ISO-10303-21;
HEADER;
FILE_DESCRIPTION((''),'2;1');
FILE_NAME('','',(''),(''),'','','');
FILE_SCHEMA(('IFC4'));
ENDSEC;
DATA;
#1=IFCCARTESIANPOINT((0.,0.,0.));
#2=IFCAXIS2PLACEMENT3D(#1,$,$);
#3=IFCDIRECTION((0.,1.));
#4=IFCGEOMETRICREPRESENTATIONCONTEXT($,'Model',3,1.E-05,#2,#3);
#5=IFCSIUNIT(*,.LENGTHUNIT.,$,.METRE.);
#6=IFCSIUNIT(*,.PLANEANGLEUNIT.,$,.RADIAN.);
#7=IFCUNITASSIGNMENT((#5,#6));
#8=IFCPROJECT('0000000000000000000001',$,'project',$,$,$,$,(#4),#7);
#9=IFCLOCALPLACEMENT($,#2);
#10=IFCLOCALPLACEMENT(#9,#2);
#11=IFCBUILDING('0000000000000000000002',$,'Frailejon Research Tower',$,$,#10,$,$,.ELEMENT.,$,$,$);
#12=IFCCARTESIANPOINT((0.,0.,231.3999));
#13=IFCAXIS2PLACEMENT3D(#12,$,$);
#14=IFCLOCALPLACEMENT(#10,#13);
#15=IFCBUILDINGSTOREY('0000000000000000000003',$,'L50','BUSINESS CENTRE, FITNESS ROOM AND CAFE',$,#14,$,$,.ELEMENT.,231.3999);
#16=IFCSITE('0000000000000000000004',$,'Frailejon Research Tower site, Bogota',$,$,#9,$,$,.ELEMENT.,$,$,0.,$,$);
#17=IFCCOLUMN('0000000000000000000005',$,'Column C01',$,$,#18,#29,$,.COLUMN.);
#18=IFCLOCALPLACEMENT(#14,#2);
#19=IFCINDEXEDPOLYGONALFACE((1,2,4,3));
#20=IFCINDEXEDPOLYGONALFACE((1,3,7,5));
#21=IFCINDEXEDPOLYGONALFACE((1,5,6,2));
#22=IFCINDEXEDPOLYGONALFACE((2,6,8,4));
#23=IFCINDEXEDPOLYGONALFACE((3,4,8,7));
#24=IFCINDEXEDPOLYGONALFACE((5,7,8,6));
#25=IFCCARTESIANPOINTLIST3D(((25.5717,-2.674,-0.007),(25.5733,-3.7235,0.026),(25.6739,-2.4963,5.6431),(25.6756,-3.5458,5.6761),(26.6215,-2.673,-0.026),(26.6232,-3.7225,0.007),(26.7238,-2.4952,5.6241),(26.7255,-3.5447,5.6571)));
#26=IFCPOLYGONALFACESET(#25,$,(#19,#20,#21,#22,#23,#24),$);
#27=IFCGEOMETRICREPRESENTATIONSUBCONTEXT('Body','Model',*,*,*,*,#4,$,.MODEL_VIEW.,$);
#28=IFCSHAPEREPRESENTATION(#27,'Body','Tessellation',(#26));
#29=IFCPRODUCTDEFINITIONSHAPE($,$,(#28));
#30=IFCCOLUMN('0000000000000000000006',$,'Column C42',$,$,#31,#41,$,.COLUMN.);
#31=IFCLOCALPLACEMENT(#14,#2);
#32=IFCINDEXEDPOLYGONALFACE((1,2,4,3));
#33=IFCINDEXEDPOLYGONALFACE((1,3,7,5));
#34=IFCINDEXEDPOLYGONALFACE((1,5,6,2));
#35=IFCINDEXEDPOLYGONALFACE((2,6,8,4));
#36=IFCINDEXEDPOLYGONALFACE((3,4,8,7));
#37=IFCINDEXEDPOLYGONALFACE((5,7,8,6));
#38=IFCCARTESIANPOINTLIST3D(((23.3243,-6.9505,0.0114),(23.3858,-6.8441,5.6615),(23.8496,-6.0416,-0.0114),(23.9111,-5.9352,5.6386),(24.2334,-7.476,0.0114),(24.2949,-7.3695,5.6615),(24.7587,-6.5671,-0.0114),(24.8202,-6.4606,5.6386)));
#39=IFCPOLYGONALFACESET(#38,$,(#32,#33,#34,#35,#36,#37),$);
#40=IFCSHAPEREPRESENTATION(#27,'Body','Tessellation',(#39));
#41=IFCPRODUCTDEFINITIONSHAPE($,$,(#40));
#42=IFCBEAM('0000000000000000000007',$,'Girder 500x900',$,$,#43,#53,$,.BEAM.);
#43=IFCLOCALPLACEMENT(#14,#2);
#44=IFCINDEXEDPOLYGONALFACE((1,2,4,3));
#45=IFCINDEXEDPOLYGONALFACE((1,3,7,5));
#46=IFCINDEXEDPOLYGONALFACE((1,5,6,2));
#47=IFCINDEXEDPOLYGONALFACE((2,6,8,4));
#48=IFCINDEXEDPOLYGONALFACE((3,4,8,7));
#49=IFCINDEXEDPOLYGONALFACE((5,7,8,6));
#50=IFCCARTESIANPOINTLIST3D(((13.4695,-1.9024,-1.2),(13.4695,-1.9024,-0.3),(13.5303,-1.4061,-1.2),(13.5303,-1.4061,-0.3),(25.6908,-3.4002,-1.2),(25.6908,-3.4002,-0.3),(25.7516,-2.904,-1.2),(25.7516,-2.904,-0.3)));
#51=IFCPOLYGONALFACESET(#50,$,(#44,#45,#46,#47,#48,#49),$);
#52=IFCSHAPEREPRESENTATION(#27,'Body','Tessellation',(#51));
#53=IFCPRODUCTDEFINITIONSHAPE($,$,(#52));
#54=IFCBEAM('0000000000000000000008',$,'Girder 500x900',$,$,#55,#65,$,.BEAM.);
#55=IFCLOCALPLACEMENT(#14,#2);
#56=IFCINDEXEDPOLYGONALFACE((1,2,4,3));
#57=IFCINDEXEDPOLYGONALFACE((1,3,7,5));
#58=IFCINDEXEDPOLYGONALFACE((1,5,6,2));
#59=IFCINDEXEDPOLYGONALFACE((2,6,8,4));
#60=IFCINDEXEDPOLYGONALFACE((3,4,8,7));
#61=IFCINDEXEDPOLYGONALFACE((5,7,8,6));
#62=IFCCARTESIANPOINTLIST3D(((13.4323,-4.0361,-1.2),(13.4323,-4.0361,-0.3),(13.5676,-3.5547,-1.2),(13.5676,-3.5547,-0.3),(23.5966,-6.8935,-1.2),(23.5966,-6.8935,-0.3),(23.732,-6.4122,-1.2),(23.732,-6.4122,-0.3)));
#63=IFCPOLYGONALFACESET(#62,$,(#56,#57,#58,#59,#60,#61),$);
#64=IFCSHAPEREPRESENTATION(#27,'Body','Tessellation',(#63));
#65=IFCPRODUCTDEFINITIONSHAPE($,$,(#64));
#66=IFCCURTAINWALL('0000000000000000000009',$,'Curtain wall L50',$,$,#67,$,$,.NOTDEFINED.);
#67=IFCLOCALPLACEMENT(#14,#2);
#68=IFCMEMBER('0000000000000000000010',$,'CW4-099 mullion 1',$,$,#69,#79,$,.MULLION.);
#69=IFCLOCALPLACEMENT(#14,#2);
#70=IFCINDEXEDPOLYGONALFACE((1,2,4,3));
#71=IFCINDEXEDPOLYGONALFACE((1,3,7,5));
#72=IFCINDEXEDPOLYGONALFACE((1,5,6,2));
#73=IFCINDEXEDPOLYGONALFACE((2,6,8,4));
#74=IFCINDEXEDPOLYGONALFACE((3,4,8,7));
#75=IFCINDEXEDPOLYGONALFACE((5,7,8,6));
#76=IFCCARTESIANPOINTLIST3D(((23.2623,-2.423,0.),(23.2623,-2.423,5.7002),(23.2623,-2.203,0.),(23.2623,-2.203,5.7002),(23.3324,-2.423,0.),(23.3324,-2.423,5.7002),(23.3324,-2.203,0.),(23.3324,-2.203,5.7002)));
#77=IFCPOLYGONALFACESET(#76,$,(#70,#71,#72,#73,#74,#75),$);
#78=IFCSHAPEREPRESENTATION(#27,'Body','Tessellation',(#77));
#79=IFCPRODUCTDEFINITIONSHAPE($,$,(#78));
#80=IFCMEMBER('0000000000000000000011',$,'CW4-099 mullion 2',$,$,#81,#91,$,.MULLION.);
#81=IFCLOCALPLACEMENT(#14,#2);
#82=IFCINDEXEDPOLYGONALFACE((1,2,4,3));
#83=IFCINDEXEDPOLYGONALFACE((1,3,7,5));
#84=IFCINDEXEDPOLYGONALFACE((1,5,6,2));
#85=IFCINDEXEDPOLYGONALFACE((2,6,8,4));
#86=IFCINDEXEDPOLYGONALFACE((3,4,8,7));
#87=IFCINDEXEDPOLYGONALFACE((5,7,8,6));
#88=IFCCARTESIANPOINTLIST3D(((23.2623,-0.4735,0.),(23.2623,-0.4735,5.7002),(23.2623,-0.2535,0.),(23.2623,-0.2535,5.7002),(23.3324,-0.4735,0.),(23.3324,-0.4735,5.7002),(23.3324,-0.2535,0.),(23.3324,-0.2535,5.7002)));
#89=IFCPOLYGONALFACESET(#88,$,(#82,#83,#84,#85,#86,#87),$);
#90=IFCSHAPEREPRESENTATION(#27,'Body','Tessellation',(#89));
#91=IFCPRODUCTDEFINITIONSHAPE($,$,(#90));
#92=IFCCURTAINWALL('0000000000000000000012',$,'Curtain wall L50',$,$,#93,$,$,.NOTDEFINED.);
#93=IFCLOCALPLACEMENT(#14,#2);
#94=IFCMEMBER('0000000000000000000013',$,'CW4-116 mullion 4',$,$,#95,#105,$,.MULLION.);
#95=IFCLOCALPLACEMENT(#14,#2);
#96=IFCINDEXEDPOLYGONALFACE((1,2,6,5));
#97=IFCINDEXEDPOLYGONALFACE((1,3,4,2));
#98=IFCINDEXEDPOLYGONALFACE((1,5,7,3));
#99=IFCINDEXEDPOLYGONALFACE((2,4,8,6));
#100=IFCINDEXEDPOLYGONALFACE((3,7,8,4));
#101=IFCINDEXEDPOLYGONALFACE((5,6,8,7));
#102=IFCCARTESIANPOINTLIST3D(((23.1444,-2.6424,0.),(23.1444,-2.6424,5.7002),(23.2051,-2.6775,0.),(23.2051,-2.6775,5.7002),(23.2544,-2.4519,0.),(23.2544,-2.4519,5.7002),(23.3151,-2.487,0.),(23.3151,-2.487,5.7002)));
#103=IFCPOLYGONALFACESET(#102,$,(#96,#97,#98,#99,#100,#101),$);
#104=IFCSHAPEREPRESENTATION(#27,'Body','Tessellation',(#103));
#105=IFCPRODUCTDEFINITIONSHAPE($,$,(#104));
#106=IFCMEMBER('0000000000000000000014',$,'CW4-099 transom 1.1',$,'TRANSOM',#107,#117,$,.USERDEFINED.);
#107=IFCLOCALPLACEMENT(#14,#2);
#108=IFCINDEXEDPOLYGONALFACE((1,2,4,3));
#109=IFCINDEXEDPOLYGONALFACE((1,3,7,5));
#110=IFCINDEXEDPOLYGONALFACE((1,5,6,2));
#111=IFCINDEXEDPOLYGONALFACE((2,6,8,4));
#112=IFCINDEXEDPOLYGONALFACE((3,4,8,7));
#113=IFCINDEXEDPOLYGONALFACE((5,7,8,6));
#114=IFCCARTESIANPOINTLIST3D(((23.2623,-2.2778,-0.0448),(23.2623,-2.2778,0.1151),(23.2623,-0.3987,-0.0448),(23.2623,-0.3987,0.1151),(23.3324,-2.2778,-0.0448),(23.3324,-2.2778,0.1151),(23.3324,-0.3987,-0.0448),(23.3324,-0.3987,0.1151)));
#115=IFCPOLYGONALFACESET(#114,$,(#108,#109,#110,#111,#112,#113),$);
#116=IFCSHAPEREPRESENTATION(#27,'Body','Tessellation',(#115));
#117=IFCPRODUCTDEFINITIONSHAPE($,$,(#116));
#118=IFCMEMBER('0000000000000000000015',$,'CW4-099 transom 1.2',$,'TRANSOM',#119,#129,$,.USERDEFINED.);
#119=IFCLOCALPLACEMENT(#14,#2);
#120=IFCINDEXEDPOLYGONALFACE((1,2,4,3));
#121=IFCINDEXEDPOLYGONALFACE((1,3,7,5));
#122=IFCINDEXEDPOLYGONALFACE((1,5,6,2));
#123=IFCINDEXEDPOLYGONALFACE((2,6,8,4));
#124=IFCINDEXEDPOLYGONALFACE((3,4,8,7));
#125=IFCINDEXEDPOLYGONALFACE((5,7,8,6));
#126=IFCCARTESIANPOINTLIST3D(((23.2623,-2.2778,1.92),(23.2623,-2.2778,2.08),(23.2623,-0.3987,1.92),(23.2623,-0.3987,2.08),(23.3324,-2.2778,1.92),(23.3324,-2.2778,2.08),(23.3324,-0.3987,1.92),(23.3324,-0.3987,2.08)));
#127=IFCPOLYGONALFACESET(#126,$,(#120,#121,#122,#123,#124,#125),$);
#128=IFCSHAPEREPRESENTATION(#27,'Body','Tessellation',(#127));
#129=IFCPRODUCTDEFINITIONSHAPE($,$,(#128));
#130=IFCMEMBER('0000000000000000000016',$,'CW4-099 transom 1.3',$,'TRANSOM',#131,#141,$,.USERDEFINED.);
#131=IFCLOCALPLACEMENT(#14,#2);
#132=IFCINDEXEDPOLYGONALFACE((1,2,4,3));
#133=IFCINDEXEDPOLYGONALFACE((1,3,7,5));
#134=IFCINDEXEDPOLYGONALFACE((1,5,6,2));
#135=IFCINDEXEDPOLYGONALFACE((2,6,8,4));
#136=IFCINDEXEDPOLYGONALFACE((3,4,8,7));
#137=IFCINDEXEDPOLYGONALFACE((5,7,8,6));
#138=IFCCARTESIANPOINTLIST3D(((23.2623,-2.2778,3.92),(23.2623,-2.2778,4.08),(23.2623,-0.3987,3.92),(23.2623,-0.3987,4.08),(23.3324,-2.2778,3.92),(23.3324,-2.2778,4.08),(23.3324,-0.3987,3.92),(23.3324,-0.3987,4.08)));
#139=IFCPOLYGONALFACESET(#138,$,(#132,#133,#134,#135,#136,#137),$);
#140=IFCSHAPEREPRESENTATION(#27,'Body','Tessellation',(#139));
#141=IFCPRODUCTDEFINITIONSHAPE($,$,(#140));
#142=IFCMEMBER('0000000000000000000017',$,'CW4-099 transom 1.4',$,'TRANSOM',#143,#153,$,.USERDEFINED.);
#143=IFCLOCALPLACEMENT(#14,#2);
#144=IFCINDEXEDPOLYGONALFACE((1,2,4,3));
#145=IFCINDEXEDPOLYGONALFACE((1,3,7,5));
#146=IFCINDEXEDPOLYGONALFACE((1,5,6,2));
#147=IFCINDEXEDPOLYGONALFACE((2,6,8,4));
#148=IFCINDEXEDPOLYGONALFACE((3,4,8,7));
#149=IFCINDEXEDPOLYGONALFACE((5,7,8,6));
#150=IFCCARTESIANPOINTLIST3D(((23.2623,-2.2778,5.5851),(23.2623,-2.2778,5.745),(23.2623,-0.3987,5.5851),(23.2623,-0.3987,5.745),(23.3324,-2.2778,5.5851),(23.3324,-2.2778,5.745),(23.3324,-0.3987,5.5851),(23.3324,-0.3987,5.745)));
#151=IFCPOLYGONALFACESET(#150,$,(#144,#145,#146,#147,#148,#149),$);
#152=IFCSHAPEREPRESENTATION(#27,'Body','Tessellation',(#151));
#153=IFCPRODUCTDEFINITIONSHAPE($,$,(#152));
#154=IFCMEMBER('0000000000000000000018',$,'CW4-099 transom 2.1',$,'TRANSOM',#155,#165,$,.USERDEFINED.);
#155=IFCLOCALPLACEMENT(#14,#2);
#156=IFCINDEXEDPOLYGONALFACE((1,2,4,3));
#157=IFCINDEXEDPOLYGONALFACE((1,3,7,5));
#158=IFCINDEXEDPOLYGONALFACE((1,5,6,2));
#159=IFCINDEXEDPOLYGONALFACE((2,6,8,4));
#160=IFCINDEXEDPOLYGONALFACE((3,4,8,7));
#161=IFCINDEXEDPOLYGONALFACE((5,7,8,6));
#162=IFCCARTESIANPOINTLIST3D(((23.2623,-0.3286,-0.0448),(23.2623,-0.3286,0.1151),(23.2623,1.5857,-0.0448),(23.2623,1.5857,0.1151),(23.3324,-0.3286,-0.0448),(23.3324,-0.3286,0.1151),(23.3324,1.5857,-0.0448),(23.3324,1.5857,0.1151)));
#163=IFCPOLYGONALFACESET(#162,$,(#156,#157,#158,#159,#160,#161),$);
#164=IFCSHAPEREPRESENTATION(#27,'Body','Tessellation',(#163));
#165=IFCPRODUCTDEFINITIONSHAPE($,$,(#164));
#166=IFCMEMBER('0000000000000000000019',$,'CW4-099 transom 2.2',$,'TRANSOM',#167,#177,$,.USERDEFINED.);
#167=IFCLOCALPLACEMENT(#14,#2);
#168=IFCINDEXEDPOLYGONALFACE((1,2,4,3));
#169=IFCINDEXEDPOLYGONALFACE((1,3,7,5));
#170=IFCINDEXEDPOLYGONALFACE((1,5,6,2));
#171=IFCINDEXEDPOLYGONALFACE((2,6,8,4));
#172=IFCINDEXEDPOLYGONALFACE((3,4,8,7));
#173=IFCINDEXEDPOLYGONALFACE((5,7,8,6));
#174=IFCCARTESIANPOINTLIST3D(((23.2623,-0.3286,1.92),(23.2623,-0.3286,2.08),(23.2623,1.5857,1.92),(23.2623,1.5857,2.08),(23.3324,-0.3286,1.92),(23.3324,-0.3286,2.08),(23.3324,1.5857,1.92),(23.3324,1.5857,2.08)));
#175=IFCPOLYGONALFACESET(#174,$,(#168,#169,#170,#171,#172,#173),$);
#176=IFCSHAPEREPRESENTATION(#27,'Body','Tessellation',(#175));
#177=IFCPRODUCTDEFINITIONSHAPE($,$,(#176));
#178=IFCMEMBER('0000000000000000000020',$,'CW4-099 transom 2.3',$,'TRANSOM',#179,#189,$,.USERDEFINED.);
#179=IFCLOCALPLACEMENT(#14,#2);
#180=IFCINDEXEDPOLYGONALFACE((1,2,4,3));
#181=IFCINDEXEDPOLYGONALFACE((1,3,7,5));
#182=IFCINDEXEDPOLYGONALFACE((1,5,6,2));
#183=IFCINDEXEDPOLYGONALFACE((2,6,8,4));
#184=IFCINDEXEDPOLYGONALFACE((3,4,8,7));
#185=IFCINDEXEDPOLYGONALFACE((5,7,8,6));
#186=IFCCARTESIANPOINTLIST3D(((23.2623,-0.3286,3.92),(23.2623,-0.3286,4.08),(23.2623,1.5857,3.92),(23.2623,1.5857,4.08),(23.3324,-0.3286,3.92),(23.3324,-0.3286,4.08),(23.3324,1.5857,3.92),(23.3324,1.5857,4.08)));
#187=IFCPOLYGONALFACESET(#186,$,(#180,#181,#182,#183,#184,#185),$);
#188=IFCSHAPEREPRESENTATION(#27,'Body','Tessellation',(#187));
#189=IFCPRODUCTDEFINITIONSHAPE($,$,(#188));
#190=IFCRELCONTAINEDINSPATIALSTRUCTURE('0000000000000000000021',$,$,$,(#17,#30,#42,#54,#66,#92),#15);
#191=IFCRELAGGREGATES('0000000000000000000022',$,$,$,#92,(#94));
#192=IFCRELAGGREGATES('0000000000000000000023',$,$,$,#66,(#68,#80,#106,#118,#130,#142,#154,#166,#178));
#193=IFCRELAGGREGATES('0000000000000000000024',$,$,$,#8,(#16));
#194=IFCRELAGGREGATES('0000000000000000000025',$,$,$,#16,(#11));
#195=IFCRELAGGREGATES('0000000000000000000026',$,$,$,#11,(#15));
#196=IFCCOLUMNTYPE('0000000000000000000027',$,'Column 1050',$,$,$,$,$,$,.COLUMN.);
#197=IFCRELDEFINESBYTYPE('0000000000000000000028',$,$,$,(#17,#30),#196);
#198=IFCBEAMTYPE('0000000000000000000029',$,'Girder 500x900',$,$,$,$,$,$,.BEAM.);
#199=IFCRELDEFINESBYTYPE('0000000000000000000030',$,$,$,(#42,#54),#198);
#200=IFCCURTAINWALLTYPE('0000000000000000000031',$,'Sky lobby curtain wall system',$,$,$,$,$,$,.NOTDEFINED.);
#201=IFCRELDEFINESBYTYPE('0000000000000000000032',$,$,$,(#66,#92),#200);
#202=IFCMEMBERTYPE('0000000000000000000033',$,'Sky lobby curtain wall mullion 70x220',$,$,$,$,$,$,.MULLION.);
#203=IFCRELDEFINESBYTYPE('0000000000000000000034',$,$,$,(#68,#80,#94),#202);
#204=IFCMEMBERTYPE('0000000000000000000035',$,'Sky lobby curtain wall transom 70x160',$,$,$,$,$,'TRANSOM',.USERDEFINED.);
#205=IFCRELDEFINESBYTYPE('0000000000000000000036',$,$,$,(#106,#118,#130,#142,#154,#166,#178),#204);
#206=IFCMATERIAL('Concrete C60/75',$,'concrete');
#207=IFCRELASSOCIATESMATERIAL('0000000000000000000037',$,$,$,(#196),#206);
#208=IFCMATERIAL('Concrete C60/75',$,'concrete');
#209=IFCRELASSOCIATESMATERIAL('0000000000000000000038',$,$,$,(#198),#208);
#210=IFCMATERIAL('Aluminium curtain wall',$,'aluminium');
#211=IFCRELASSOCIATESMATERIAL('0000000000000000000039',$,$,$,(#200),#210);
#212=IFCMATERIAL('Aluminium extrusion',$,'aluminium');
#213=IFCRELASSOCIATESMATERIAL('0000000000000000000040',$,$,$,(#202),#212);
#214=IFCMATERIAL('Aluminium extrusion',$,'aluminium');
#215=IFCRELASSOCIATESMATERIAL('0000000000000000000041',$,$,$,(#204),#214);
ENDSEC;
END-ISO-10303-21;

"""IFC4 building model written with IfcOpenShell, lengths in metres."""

from ifc_helpers import new_model, si_unit, direction, frame, origin, origin_2d, place, context, subcontext, project, spatial, rectangle, extrude, material, material_profile, profile_set, type_object, element, aggregate, save


model = new_model("IFC4")

# Units and contexts
model_context = context("Model", 3, precision=1e-05, world=origin(), true_north=direction((0.0, 1.0)))
body_context = subcontext(model_context, "Body", "Model", "MODEL_VIEW")
ifc_project = project(units=[si_unit("LENGTHUNIT", "METRE"), si_unit("PLANEANGLEUNIT", "RADIAN")], contexts=[model_context])

# Site, building, storey
site_placement = place(None, origin())
site = spatial("IfcSite", under=ifc_project, at=site_placement, Name="Frailejon Research Tower site, Bogota", CompositionType="ELEMENT", RefElevation=0.0)
building_placement = place(site_placement, origin())
building = spatial("IfcBuilding", under=site, at=building_placement, Name="Frailejon Research Tower", CompositionType="ELEMENT")
storey_placement = place(building_placement, frame((0.0, 0.0, 231.3999)))
storey = spatial("IfcBuildingStorey", under=building, at=storey_placement, Name="L50", Description="BUSINESS CENTRE, FITNESS ROOM AND CAFE", CompositionType="ELEMENT", Elevation=231.3999)

# Columns
ifc_material_1 = material(Name="Concrete C60/75", Category="concrete")
ifc_material_profile_1 = material_profile(ifc_material_1, rectangle(XDim=1.05, YDim=1.05, at=origin_2d()), Name="Column 1050")
ifc_profile_set_1 = profile_set([ifc_material_profile_1], Name="Concrete C60/75")
column_type = type_object("IfcColumnType", Name="Column 1050", PredefinedType="COLUMN", material=ifc_profile_set_1)
column_1_placement = place(storey_placement, frame((26.0974, -3.1982, 0.0), z_axis=(0.018093, 0.031436, 0.999342), x_axis=(-0.00157, 0.999505, -0.031413)))
element("IfcColumn", 1, at=column_1_placement, inside=storey, type_object=column_type, Name="Column C01", PredefinedType="COLUMN", context=body_context, shape_type="SweptSolid", body=[
    extrude(rectangle(XDim=1.05, YDim=1.05, at=origin_2d()), origin(), (0.0, 0.0, 1.0), 5.6538),
])
column_2_placement = place(storey_placement, frame((24.0415, -6.7588, 0.0), z_axis=(0.010886, 0.018835, 0.999763), x_axis=(0.500282, 0.865589, -0.021755)))
element("IfcColumn", 2, at=column_2_placement, inside=storey, type_object=column_type, Name="Column C42", PredefinedType="COLUMN", context=body_context, shape_type="SweptSolid", body=[
    extrude(rectangle(XDim=1.05, YDim=1.05, at=origin_2d()), origin(), (0.0, 0.0, 1.0), 5.6514),
])

# Beams
ifc_material_2 = material(Name="Concrete C60/75", Category="concrete")
ifc_material_profile_2 = material_profile(ifc_material_2, rectangle(XDim=0.5, YDim=0.8999, at=origin_2d()), Name="Girder 500x900")
ifc_profile_set_2 = profile_set([ifc_material_profile_2], Name="Concrete C60/75")
beam_type_1 = type_object("IfcBeamType", Name="Girder 500x900", PredefinedType="BEAM", material=ifc_profile_set_2)
beam_1_placement = place(storey_placement, frame((25.7212, -3.1521, -0.75), z_axis=(-0.992573, 0.121648, 0.0), x_axis=(-0.121648, -0.992573, 0.0)))
element("IfcBeam", 3, at=beam_1_placement, inside=storey, type_object=beam_type_1, Name="Girder 500x900", PredefinedType="BEAM", context=body_context, shape_type="SweptSolid", body=[
    extrude(rectangle(XDim=0.5, YDim=0.8999, at=origin_2d()), origin(), (0.0, 0.0, 1.0), 12.3127),
])
beam_2_placement = place(storey_placement, frame((23.6643, -6.6528, -0.75), z_axis=(-0.962683, 0.270632, 0.0), x_axis=(-0.270632, -0.962683, 0.0)))
element("IfcBeam", 4, at=beam_2_placement, inside=storey, type_object=beam_type_1, Name="Girder 500x900", PredefinedType="BEAM", context=body_context, shape_type="SweptSolid", body=[
    extrude(rectangle(XDim=0.5, YDim=0.8999, at=origin_2d()), origin(), (0.0, 0.0, 1.0), 10.5583),
])

# Curtain wall, members
ifc_material_3 = material(Name="Aluminium curtain wall", Category="aluminium")
curtain_wall_type = type_object("IfcCurtainWallType", Name="Sky lobby curtain wall system", PredefinedType="NOTDEFINED", material=ifc_material_3)
curtain_wall_1_placement = place(storey_placement, origin())
curtain_wall_1 = element("IfcCurtainWall", 5, at=curtain_wall_1_placement, inside=storey, type_object=curtain_wall_type, Name="Curtain wall L50", PredefinedType="NOTDEFINED")
ifc_material_4 = material(Name="Aluminium extrusion", Category="aluminium")
ifc_material_profile_3 = material_profile(ifc_material_4, rectangle(XDim=0.0701, YDim=0.22, at=origin_2d()), Name="Sky lobby curtain wall mullion 70x220")
ifc_profile_set_3 = profile_set([ifc_material_profile_3], Name="Aluminium extrusion")
member_type_1 = type_object("IfcMemberType", Name="Sky lobby curtain wall mullion 70x220", PredefinedType="MULLION", material=ifc_profile_set_3)
member_1_placement = place(storey_placement, frame((23.2974, -2.313, 0.0), z_axis=(0.0, 0.0, 1.0), x_axis=(-1.0, 0.0, 0.0)))
member_1 = element("IfcMember", 6, at=member_1_placement, type_object=member_type_1, Name="CW4-099 mullion 1", PredefinedType="MULLION", context=body_context, shape_type="SweptSolid", body=[
    extrude(rectangle(XDim=0.0701, YDim=0.22, at=origin_2d()), origin(), (0.0, 0.0, 1.0), 5.7002),
])
member_2_placement = place(storey_placement, frame((23.2974, -0.3635, 0.0), z_axis=(0.0, 0.0, 1.0), x_axis=(-1.0, 0.0, 0.0)))
member_2 = element("IfcMember", 7, at=member_2_placement, type_object=member_type_1, Name="CW4-099 mullion 2", PredefinedType="MULLION", context=body_context, shape_type="SweptSolid", body=[
    extrude(rectangle(XDim=0.0701, YDim=0.22, at=origin_2d()), origin(), (0.0, 0.0, 1.0), 5.7002),
])

# Curtain wall, member
curtain_wall_2_placement = place(storey_placement, origin())
curtain_wall_2 = element("IfcCurtainWall", 8, at=curtain_wall_2_placement, inside=storey, type_object=curtain_wall_type, Name="Curtain wall L50", PredefinedType="NOTDEFINED")
member_3_placement = place(storey_placement, frame((23.2297, -2.5647, 0.0), z_axis=(0.0, 0.0, 1.0), x_axis=(-0.866025, 0.500001, 0.0)))
member_3 = element("IfcMember", 9, at=member_3_placement, type_object=member_type_1, Name="CW4-116 mullion 4", PredefinedType="MULLION", context=body_context, shape_type="SweptSolid", body=[
    extrude(rectangle(XDim=0.0701, YDim=0.22, at=origin_2d()), origin(), (0.0, 0.0, 1.0), 5.7002),
])
aggregate(curtain_wall_2, [member_3])

# Members
ifc_material_5 = material(Name="Aluminium extrusion", Category="aluminium")
ifc_material_profile_4 = material_profile(ifc_material_5, rectangle(XDim=0.0701, YDim=0.1599, at=origin_2d()), Name="Sky lobby curtain wall transom 70x160")
ifc_profile_set_4 = profile_set([ifc_material_profile_4], Name="Aluminium extrusion")
member_type_2 = type_object("IfcMemberType", Name="Sky lobby curtain wall transom 70x160", ElementType="TRANSOM", PredefinedType="USERDEFINED", material=ifc_profile_set_4)
member_4_placement = place(storey_placement, frame((23.2974, -2.2778, 0.0352), z_axis=(0.0, 1.0, 0.0), x_axis=(-1.0, 0.0, 0.0)))
member_4 = element("IfcMember", 10, at=member_4_placement, type_object=member_type_2, Name="CW4-099 transom 1.1", ObjectType="TRANSOM", PredefinedType="USERDEFINED", context=body_context, shape_type="SweptSolid", body=[
    extrude(rectangle(XDim=0.0701, YDim=0.1599, at=origin_2d()), origin(), (0.0, 0.0, 1.0), 1.8792),
])
member_5_placement = place(storey_placement, frame((23.2974, -2.2778, 2.0), z_axis=(0.0, 1.0, 0.0), x_axis=(-1.0, 0.0, 0.0)))
member_5 = element("IfcMember", 11, at=member_5_placement, type_object=member_type_2, Name="CW4-099 transom 1.2", ObjectType="TRANSOM", PredefinedType="USERDEFINED", context=body_context, shape_type="SweptSolid", body=[
    extrude(rectangle(XDim=0.0701, YDim=0.1599, at=origin_2d()), origin(), (0.0, 0.0, 1.0), 1.8792),
])
member_6_placement = place(storey_placement, frame((23.2974, -2.2778, 4.0), z_axis=(0.0, 1.0, 0.0), x_axis=(-1.0, 0.0, 0.0)))
member_6 = element("IfcMember", 12, at=member_6_placement, type_object=member_type_2, Name="CW4-099 transom 1.3", ObjectType="TRANSOM", PredefinedType="USERDEFINED", context=body_context, shape_type="SweptSolid", body=[
    extrude(rectangle(XDim=0.0701, YDim=0.1599, at=origin_2d()), origin(), (0.0, 0.0, 1.0), 1.8792),
])
member_7_placement = place(storey_placement, frame((23.2974, -2.2778, 5.665), z_axis=(0.0, 1.0, 0.0), x_axis=(-1.0, 0.0, 0.0)))
member_7 = element("IfcMember", 13, at=member_7_placement, type_object=member_type_2, Name="CW4-099 transom 1.4", ObjectType="TRANSOM", PredefinedType="USERDEFINED", context=body_context, shape_type="SweptSolid", body=[
    extrude(rectangle(XDim=0.0701, YDim=0.1599, at=origin_2d()), origin(), (0.0, 0.0, 1.0), 1.8792),
])
member_8_placement = place(storey_placement, frame((23.2974, -0.3286, 0.0352), z_axis=(0.0, 1.0, 0.0), x_axis=(-1.0, 0.0, 0.0)))
member_8 = element("IfcMember", 14, at=member_8_placement, type_object=member_type_2, Name="CW4-099 transom 2.1", ObjectType="TRANSOM", PredefinedType="USERDEFINED", context=body_context, shape_type="SweptSolid", body=[
    extrude(rectangle(XDim=0.0701, YDim=0.1599, at=origin_2d()), origin(), (0.0, 0.0, 1.0), 1.9143),
])
member_9_placement = place(storey_placement, frame((23.2974, -0.3286, 2.0), z_axis=(0.0, 1.0, 0.0), x_axis=(-1.0, 0.0, 0.0)))
member_9 = element("IfcMember", 15, at=member_9_placement, type_object=member_type_2, Name="CW4-099 transom 2.2", ObjectType="TRANSOM", PredefinedType="USERDEFINED", context=body_context, shape_type="SweptSolid", body=[
    extrude(rectangle(XDim=0.0701, YDim=0.1599, at=origin_2d()), origin(), (0.0, 0.0, 1.0), 1.9143),
])
member_10_placement = place(storey_placement, frame((23.2974, -0.3286, 4.0), z_axis=(0.0, 1.0, 0.0), x_axis=(-1.0, 0.0, 0.0)))
member_10 = element("IfcMember", 16, at=member_10_placement, type_object=member_type_2, Name="CW4-099 transom 2.3", ObjectType="TRANSOM", PredefinedType="USERDEFINED", context=body_context, shape_type="SweptSolid", body=[
    extrude(rectangle(XDim=0.0701, YDim=0.1599, at=origin_2d()), origin(), (0.0, 0.0, 1.0), 1.9143),
])

aggregate(curtain_wall_1, [member_1, member_2, member_4, member_5, member_6, member_7, member_8, member_9, member_10])

save(model, "model.ifc")
